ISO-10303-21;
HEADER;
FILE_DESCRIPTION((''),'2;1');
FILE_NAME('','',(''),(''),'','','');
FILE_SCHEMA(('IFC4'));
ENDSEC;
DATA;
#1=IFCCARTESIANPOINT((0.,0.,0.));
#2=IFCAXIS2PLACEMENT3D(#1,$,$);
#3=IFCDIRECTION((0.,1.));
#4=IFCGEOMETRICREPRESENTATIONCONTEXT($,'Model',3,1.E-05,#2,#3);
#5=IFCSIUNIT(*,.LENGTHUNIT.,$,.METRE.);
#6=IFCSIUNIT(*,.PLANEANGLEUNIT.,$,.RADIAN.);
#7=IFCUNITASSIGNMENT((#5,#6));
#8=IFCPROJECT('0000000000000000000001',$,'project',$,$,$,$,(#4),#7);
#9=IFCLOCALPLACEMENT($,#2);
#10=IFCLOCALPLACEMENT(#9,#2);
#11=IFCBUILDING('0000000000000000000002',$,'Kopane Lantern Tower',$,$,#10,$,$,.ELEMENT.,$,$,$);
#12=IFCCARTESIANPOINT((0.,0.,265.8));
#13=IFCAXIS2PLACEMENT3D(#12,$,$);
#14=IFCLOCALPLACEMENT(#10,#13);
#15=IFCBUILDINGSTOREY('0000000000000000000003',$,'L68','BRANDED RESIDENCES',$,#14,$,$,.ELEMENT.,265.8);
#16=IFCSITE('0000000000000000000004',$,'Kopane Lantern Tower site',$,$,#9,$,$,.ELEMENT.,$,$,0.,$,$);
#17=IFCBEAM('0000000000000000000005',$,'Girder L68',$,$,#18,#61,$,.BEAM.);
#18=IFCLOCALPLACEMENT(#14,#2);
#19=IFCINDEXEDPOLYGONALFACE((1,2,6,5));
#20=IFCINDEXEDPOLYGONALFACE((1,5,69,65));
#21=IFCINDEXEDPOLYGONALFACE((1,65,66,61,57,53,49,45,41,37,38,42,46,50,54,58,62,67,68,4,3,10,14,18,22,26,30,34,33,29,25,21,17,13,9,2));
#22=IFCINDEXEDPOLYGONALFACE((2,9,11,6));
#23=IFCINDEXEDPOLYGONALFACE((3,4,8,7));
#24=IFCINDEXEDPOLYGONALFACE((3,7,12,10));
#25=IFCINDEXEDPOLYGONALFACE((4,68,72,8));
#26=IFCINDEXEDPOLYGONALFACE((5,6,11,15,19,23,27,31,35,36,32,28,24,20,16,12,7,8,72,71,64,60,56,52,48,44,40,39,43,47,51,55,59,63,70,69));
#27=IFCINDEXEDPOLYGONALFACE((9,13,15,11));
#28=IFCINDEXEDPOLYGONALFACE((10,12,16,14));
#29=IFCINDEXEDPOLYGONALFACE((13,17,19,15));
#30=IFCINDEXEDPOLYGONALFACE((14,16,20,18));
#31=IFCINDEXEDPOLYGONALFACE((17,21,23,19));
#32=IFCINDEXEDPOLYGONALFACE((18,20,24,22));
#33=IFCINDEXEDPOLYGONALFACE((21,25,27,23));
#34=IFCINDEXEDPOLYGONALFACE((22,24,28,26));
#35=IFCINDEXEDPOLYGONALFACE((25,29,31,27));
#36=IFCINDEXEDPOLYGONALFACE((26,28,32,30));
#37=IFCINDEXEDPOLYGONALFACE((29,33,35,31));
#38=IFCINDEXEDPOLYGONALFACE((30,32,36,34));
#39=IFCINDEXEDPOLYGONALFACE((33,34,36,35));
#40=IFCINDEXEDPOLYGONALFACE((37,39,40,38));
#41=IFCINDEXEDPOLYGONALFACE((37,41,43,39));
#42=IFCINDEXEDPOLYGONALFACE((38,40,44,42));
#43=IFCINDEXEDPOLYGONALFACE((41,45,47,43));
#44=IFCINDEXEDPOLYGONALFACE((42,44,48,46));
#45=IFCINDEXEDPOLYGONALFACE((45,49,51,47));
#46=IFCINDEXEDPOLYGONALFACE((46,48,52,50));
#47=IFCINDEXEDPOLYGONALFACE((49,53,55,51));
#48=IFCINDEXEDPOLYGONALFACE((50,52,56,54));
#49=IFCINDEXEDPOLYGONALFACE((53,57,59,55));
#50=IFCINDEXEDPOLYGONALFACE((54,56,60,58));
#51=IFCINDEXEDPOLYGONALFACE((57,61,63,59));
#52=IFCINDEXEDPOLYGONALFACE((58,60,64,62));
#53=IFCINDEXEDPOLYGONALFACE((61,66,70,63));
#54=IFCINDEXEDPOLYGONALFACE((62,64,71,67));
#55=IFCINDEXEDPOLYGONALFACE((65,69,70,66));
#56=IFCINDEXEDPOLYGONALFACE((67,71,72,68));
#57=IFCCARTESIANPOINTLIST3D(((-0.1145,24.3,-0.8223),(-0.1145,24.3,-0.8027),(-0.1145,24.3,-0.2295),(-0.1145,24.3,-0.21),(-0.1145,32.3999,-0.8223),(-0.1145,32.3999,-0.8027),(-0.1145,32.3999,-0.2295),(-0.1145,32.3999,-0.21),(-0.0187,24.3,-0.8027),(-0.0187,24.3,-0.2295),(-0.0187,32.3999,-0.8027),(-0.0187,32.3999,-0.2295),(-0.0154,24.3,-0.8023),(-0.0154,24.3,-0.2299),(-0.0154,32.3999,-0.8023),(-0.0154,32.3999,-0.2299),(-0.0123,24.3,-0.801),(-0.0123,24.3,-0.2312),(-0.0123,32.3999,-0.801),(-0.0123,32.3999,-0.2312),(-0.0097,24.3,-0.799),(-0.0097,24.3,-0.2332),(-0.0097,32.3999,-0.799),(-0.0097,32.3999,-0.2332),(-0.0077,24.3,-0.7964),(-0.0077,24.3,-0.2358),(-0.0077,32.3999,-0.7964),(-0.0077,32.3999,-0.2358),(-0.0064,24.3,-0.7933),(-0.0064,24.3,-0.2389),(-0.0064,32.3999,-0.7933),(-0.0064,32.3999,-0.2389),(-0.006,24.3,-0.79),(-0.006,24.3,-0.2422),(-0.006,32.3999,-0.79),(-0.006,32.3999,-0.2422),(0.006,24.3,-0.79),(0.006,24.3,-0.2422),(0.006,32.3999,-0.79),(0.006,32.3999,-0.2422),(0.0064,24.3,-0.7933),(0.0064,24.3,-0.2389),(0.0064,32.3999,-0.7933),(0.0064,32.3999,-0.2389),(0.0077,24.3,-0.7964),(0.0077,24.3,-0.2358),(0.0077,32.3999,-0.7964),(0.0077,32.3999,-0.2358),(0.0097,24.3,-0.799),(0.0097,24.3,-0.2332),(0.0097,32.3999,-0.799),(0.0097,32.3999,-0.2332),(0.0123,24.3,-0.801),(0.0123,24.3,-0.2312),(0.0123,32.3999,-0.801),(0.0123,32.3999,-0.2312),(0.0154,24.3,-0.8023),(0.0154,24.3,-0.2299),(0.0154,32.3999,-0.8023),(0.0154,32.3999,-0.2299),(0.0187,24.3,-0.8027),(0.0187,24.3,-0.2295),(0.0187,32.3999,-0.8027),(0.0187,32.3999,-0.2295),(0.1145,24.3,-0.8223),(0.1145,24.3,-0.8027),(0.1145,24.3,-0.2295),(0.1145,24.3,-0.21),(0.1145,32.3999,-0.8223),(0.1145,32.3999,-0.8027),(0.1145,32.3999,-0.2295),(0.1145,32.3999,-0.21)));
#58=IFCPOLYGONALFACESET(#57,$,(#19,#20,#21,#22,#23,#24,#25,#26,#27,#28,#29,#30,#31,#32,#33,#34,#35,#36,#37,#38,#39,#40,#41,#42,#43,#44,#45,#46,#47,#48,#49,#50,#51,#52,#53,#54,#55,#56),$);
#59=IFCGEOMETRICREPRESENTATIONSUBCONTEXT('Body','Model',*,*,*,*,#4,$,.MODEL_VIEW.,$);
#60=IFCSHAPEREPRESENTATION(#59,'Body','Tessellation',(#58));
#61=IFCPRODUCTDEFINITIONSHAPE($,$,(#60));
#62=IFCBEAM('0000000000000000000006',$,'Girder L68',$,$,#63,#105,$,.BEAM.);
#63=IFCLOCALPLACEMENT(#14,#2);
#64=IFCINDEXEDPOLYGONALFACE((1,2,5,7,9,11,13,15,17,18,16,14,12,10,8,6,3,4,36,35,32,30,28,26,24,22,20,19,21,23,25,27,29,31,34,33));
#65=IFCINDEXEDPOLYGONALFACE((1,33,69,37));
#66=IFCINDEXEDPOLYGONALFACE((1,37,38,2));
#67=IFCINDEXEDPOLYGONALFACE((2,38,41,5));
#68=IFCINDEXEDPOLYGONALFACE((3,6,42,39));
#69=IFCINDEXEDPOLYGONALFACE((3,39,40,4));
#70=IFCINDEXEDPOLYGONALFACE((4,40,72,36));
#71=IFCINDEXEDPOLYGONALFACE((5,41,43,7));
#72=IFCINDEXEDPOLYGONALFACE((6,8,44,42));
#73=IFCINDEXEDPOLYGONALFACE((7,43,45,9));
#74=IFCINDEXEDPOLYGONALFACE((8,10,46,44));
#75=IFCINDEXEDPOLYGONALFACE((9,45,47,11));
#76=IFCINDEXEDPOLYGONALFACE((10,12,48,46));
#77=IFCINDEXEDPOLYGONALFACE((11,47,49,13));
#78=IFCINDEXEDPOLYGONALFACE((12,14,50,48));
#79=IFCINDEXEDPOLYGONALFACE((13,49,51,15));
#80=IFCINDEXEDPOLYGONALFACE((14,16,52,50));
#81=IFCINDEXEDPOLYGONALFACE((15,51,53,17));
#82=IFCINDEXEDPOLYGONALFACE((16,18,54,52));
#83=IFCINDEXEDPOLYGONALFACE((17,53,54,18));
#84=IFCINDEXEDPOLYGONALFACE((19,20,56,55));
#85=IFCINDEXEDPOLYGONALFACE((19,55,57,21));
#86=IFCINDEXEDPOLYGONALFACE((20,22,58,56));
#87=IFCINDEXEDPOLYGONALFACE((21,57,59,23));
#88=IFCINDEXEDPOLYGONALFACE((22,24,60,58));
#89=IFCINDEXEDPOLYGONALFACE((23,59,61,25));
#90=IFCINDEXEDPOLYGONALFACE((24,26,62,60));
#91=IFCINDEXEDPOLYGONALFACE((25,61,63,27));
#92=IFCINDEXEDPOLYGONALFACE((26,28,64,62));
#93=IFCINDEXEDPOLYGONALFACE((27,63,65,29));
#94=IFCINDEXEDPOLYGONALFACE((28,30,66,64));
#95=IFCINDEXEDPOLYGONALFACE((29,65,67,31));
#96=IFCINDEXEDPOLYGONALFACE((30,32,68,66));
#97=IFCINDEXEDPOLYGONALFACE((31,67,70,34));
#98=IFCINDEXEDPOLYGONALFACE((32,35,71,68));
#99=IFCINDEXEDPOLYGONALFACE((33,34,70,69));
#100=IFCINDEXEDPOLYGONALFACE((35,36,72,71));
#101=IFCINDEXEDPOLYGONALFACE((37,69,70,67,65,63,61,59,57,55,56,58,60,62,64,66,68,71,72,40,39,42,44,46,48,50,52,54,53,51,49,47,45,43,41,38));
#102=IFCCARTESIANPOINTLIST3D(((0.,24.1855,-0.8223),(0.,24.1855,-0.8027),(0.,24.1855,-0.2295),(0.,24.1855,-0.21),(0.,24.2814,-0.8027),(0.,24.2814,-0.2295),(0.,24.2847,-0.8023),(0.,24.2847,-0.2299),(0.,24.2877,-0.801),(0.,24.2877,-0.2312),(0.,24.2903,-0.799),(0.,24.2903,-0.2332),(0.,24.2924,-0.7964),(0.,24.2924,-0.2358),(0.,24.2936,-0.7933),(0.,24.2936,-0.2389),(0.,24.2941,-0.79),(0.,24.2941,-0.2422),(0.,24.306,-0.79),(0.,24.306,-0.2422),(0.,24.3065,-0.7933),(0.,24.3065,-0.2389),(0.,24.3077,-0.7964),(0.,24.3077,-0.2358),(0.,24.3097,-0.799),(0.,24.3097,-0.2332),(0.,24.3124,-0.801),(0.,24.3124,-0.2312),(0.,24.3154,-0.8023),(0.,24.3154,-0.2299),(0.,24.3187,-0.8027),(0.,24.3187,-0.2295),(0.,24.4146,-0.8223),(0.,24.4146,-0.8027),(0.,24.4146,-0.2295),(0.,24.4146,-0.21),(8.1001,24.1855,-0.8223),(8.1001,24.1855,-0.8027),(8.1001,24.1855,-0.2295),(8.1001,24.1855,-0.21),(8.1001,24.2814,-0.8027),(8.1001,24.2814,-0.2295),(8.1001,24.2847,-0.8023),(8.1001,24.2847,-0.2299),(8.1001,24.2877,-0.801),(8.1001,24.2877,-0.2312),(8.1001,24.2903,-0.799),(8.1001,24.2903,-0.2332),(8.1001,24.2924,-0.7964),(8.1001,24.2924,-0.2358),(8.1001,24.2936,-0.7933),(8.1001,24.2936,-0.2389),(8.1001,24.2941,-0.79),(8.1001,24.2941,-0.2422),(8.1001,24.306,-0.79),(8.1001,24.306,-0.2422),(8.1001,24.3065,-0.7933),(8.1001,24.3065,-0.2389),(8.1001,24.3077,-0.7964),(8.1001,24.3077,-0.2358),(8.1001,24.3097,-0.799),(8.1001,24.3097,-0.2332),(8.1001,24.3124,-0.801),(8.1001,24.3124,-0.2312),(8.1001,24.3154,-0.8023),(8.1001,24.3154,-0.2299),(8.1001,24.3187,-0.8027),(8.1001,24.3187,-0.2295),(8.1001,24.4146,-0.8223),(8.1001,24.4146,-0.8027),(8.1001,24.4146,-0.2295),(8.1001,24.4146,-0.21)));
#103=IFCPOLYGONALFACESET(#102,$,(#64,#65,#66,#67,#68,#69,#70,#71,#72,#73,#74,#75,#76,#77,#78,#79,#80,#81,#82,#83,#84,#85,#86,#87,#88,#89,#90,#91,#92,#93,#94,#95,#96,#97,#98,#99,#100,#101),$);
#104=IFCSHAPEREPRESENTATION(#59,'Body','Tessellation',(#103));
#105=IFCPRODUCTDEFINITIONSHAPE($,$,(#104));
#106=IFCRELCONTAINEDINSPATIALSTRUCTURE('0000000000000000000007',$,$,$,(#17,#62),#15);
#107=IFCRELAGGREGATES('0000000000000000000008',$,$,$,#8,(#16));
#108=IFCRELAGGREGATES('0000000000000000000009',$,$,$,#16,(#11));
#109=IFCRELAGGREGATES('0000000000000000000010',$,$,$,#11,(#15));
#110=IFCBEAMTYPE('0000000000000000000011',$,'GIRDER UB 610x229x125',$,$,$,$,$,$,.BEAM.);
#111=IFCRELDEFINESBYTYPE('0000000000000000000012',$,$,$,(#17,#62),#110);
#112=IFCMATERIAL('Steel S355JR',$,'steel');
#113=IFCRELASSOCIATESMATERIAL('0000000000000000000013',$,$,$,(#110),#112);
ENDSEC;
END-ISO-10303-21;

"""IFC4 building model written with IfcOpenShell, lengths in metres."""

from ifc_helpers import new_model, si_unit, direction, frame, origin, origin_2d, place, context, subcontext, project, spatial, i_section, extrude, material, material_profile, profile_set, type_object, element, save


model = new_model("IFC4")

# Units and contexts
model_context = context("Model", 3, precision=1e-05, world=origin(), true_north=direction((0.0, 1.0)))
body_context = subcontext(model_context, "Body", "Model", "MODEL_VIEW")
ifc_project = project(units=[si_unit("LENGTHUNIT", "METRE"), si_unit("PLANEANGLEUNIT", "RADIAN")], contexts=[model_context])

# Site, building, storey
site_placement = place(None, origin())
site = spatial("IfcSite", under=ifc_project, at=site_placement, Name="Kopane Lantern Tower site", CompositionType="ELEMENT", RefElevation=0.0)
building_placement = place(site_placement, origin())
building = spatial("IfcBuilding", under=site, at=building_placement, Name="Kopane Lantern Tower", CompositionType="ELEMENT")
storey_placement = place(building_placement, frame((0.0, 0.0, 265.8)))
storey = spatial("IfcBuildingStorey", under=building, at=storey_placement, Name="L68", Description="BRANDED RESIDENCES", CompositionType="ELEMENT", Elevation=265.8)

# Beams
ifc_material_1 = material(Name="Steel S355JR", Category="steel")
ifc_material_profile_1 = material_profile(ifc_material_1, i_section(OverallWidth=0.229, OverallDepth=0.6123, WebThickness=0.012, FlangeThickness=0.0195, FilletRadius=0.0127, at=origin_2d()), Name="UB 610x229x125")
ifc_profile_set_1 = profile_set([ifc_material_profile_1], Name="Steel S355JR")
beam_type_1 = type_object("IfcBeamType", Name="GIRDER UB 610x229x125", PredefinedType="BEAM", material=ifc_profile_set_1)
beam_1_placement = place(storey_placement, frame((0.0, 24.3, -0.5161), z_axis=(0.0, 1.0, 0.0), x_axis=(-1.0, 0.0, 0.0)))
element("IfcBeam", 1, at=beam_1_placement, inside=storey, type_object=beam_type_1, Name="Girder L68", PredefinedType="BEAM", context=body_context, shape_type="SweptSolid", body=[
    extrude(i_section(OverallWidth=0.229, OverallDepth=0.6123, WebThickness=0.012, FlangeThickness=0.0195, FilletRadius=0.0127, at=origin_2d()), origin(), (0.0, 0.0, 1.0), 8.0999),
])
beam_2_placement = place(storey_placement, frame((0.0, 24.3, -0.5161), z_axis=(1.0, 0.0, 0.0), x_axis=(0.0, 1.0, 0.0)))
element("IfcBeam", 2, at=beam_2_placement, inside=storey, type_object=beam_type_1, Name="Girder L68", PredefinedType="BEAM", context=body_context, shape_type="SweptSolid", body=[
    extrude(i_section(OverallWidth=0.229, OverallDepth=0.6123, WebThickness=0.012, FlangeThickness=0.0195, FilletRadius=0.0127, at=origin_2d()), origin(), (0.0, 0.0, 1.0), 8.1001),
])

save(model, "model.ifc")
